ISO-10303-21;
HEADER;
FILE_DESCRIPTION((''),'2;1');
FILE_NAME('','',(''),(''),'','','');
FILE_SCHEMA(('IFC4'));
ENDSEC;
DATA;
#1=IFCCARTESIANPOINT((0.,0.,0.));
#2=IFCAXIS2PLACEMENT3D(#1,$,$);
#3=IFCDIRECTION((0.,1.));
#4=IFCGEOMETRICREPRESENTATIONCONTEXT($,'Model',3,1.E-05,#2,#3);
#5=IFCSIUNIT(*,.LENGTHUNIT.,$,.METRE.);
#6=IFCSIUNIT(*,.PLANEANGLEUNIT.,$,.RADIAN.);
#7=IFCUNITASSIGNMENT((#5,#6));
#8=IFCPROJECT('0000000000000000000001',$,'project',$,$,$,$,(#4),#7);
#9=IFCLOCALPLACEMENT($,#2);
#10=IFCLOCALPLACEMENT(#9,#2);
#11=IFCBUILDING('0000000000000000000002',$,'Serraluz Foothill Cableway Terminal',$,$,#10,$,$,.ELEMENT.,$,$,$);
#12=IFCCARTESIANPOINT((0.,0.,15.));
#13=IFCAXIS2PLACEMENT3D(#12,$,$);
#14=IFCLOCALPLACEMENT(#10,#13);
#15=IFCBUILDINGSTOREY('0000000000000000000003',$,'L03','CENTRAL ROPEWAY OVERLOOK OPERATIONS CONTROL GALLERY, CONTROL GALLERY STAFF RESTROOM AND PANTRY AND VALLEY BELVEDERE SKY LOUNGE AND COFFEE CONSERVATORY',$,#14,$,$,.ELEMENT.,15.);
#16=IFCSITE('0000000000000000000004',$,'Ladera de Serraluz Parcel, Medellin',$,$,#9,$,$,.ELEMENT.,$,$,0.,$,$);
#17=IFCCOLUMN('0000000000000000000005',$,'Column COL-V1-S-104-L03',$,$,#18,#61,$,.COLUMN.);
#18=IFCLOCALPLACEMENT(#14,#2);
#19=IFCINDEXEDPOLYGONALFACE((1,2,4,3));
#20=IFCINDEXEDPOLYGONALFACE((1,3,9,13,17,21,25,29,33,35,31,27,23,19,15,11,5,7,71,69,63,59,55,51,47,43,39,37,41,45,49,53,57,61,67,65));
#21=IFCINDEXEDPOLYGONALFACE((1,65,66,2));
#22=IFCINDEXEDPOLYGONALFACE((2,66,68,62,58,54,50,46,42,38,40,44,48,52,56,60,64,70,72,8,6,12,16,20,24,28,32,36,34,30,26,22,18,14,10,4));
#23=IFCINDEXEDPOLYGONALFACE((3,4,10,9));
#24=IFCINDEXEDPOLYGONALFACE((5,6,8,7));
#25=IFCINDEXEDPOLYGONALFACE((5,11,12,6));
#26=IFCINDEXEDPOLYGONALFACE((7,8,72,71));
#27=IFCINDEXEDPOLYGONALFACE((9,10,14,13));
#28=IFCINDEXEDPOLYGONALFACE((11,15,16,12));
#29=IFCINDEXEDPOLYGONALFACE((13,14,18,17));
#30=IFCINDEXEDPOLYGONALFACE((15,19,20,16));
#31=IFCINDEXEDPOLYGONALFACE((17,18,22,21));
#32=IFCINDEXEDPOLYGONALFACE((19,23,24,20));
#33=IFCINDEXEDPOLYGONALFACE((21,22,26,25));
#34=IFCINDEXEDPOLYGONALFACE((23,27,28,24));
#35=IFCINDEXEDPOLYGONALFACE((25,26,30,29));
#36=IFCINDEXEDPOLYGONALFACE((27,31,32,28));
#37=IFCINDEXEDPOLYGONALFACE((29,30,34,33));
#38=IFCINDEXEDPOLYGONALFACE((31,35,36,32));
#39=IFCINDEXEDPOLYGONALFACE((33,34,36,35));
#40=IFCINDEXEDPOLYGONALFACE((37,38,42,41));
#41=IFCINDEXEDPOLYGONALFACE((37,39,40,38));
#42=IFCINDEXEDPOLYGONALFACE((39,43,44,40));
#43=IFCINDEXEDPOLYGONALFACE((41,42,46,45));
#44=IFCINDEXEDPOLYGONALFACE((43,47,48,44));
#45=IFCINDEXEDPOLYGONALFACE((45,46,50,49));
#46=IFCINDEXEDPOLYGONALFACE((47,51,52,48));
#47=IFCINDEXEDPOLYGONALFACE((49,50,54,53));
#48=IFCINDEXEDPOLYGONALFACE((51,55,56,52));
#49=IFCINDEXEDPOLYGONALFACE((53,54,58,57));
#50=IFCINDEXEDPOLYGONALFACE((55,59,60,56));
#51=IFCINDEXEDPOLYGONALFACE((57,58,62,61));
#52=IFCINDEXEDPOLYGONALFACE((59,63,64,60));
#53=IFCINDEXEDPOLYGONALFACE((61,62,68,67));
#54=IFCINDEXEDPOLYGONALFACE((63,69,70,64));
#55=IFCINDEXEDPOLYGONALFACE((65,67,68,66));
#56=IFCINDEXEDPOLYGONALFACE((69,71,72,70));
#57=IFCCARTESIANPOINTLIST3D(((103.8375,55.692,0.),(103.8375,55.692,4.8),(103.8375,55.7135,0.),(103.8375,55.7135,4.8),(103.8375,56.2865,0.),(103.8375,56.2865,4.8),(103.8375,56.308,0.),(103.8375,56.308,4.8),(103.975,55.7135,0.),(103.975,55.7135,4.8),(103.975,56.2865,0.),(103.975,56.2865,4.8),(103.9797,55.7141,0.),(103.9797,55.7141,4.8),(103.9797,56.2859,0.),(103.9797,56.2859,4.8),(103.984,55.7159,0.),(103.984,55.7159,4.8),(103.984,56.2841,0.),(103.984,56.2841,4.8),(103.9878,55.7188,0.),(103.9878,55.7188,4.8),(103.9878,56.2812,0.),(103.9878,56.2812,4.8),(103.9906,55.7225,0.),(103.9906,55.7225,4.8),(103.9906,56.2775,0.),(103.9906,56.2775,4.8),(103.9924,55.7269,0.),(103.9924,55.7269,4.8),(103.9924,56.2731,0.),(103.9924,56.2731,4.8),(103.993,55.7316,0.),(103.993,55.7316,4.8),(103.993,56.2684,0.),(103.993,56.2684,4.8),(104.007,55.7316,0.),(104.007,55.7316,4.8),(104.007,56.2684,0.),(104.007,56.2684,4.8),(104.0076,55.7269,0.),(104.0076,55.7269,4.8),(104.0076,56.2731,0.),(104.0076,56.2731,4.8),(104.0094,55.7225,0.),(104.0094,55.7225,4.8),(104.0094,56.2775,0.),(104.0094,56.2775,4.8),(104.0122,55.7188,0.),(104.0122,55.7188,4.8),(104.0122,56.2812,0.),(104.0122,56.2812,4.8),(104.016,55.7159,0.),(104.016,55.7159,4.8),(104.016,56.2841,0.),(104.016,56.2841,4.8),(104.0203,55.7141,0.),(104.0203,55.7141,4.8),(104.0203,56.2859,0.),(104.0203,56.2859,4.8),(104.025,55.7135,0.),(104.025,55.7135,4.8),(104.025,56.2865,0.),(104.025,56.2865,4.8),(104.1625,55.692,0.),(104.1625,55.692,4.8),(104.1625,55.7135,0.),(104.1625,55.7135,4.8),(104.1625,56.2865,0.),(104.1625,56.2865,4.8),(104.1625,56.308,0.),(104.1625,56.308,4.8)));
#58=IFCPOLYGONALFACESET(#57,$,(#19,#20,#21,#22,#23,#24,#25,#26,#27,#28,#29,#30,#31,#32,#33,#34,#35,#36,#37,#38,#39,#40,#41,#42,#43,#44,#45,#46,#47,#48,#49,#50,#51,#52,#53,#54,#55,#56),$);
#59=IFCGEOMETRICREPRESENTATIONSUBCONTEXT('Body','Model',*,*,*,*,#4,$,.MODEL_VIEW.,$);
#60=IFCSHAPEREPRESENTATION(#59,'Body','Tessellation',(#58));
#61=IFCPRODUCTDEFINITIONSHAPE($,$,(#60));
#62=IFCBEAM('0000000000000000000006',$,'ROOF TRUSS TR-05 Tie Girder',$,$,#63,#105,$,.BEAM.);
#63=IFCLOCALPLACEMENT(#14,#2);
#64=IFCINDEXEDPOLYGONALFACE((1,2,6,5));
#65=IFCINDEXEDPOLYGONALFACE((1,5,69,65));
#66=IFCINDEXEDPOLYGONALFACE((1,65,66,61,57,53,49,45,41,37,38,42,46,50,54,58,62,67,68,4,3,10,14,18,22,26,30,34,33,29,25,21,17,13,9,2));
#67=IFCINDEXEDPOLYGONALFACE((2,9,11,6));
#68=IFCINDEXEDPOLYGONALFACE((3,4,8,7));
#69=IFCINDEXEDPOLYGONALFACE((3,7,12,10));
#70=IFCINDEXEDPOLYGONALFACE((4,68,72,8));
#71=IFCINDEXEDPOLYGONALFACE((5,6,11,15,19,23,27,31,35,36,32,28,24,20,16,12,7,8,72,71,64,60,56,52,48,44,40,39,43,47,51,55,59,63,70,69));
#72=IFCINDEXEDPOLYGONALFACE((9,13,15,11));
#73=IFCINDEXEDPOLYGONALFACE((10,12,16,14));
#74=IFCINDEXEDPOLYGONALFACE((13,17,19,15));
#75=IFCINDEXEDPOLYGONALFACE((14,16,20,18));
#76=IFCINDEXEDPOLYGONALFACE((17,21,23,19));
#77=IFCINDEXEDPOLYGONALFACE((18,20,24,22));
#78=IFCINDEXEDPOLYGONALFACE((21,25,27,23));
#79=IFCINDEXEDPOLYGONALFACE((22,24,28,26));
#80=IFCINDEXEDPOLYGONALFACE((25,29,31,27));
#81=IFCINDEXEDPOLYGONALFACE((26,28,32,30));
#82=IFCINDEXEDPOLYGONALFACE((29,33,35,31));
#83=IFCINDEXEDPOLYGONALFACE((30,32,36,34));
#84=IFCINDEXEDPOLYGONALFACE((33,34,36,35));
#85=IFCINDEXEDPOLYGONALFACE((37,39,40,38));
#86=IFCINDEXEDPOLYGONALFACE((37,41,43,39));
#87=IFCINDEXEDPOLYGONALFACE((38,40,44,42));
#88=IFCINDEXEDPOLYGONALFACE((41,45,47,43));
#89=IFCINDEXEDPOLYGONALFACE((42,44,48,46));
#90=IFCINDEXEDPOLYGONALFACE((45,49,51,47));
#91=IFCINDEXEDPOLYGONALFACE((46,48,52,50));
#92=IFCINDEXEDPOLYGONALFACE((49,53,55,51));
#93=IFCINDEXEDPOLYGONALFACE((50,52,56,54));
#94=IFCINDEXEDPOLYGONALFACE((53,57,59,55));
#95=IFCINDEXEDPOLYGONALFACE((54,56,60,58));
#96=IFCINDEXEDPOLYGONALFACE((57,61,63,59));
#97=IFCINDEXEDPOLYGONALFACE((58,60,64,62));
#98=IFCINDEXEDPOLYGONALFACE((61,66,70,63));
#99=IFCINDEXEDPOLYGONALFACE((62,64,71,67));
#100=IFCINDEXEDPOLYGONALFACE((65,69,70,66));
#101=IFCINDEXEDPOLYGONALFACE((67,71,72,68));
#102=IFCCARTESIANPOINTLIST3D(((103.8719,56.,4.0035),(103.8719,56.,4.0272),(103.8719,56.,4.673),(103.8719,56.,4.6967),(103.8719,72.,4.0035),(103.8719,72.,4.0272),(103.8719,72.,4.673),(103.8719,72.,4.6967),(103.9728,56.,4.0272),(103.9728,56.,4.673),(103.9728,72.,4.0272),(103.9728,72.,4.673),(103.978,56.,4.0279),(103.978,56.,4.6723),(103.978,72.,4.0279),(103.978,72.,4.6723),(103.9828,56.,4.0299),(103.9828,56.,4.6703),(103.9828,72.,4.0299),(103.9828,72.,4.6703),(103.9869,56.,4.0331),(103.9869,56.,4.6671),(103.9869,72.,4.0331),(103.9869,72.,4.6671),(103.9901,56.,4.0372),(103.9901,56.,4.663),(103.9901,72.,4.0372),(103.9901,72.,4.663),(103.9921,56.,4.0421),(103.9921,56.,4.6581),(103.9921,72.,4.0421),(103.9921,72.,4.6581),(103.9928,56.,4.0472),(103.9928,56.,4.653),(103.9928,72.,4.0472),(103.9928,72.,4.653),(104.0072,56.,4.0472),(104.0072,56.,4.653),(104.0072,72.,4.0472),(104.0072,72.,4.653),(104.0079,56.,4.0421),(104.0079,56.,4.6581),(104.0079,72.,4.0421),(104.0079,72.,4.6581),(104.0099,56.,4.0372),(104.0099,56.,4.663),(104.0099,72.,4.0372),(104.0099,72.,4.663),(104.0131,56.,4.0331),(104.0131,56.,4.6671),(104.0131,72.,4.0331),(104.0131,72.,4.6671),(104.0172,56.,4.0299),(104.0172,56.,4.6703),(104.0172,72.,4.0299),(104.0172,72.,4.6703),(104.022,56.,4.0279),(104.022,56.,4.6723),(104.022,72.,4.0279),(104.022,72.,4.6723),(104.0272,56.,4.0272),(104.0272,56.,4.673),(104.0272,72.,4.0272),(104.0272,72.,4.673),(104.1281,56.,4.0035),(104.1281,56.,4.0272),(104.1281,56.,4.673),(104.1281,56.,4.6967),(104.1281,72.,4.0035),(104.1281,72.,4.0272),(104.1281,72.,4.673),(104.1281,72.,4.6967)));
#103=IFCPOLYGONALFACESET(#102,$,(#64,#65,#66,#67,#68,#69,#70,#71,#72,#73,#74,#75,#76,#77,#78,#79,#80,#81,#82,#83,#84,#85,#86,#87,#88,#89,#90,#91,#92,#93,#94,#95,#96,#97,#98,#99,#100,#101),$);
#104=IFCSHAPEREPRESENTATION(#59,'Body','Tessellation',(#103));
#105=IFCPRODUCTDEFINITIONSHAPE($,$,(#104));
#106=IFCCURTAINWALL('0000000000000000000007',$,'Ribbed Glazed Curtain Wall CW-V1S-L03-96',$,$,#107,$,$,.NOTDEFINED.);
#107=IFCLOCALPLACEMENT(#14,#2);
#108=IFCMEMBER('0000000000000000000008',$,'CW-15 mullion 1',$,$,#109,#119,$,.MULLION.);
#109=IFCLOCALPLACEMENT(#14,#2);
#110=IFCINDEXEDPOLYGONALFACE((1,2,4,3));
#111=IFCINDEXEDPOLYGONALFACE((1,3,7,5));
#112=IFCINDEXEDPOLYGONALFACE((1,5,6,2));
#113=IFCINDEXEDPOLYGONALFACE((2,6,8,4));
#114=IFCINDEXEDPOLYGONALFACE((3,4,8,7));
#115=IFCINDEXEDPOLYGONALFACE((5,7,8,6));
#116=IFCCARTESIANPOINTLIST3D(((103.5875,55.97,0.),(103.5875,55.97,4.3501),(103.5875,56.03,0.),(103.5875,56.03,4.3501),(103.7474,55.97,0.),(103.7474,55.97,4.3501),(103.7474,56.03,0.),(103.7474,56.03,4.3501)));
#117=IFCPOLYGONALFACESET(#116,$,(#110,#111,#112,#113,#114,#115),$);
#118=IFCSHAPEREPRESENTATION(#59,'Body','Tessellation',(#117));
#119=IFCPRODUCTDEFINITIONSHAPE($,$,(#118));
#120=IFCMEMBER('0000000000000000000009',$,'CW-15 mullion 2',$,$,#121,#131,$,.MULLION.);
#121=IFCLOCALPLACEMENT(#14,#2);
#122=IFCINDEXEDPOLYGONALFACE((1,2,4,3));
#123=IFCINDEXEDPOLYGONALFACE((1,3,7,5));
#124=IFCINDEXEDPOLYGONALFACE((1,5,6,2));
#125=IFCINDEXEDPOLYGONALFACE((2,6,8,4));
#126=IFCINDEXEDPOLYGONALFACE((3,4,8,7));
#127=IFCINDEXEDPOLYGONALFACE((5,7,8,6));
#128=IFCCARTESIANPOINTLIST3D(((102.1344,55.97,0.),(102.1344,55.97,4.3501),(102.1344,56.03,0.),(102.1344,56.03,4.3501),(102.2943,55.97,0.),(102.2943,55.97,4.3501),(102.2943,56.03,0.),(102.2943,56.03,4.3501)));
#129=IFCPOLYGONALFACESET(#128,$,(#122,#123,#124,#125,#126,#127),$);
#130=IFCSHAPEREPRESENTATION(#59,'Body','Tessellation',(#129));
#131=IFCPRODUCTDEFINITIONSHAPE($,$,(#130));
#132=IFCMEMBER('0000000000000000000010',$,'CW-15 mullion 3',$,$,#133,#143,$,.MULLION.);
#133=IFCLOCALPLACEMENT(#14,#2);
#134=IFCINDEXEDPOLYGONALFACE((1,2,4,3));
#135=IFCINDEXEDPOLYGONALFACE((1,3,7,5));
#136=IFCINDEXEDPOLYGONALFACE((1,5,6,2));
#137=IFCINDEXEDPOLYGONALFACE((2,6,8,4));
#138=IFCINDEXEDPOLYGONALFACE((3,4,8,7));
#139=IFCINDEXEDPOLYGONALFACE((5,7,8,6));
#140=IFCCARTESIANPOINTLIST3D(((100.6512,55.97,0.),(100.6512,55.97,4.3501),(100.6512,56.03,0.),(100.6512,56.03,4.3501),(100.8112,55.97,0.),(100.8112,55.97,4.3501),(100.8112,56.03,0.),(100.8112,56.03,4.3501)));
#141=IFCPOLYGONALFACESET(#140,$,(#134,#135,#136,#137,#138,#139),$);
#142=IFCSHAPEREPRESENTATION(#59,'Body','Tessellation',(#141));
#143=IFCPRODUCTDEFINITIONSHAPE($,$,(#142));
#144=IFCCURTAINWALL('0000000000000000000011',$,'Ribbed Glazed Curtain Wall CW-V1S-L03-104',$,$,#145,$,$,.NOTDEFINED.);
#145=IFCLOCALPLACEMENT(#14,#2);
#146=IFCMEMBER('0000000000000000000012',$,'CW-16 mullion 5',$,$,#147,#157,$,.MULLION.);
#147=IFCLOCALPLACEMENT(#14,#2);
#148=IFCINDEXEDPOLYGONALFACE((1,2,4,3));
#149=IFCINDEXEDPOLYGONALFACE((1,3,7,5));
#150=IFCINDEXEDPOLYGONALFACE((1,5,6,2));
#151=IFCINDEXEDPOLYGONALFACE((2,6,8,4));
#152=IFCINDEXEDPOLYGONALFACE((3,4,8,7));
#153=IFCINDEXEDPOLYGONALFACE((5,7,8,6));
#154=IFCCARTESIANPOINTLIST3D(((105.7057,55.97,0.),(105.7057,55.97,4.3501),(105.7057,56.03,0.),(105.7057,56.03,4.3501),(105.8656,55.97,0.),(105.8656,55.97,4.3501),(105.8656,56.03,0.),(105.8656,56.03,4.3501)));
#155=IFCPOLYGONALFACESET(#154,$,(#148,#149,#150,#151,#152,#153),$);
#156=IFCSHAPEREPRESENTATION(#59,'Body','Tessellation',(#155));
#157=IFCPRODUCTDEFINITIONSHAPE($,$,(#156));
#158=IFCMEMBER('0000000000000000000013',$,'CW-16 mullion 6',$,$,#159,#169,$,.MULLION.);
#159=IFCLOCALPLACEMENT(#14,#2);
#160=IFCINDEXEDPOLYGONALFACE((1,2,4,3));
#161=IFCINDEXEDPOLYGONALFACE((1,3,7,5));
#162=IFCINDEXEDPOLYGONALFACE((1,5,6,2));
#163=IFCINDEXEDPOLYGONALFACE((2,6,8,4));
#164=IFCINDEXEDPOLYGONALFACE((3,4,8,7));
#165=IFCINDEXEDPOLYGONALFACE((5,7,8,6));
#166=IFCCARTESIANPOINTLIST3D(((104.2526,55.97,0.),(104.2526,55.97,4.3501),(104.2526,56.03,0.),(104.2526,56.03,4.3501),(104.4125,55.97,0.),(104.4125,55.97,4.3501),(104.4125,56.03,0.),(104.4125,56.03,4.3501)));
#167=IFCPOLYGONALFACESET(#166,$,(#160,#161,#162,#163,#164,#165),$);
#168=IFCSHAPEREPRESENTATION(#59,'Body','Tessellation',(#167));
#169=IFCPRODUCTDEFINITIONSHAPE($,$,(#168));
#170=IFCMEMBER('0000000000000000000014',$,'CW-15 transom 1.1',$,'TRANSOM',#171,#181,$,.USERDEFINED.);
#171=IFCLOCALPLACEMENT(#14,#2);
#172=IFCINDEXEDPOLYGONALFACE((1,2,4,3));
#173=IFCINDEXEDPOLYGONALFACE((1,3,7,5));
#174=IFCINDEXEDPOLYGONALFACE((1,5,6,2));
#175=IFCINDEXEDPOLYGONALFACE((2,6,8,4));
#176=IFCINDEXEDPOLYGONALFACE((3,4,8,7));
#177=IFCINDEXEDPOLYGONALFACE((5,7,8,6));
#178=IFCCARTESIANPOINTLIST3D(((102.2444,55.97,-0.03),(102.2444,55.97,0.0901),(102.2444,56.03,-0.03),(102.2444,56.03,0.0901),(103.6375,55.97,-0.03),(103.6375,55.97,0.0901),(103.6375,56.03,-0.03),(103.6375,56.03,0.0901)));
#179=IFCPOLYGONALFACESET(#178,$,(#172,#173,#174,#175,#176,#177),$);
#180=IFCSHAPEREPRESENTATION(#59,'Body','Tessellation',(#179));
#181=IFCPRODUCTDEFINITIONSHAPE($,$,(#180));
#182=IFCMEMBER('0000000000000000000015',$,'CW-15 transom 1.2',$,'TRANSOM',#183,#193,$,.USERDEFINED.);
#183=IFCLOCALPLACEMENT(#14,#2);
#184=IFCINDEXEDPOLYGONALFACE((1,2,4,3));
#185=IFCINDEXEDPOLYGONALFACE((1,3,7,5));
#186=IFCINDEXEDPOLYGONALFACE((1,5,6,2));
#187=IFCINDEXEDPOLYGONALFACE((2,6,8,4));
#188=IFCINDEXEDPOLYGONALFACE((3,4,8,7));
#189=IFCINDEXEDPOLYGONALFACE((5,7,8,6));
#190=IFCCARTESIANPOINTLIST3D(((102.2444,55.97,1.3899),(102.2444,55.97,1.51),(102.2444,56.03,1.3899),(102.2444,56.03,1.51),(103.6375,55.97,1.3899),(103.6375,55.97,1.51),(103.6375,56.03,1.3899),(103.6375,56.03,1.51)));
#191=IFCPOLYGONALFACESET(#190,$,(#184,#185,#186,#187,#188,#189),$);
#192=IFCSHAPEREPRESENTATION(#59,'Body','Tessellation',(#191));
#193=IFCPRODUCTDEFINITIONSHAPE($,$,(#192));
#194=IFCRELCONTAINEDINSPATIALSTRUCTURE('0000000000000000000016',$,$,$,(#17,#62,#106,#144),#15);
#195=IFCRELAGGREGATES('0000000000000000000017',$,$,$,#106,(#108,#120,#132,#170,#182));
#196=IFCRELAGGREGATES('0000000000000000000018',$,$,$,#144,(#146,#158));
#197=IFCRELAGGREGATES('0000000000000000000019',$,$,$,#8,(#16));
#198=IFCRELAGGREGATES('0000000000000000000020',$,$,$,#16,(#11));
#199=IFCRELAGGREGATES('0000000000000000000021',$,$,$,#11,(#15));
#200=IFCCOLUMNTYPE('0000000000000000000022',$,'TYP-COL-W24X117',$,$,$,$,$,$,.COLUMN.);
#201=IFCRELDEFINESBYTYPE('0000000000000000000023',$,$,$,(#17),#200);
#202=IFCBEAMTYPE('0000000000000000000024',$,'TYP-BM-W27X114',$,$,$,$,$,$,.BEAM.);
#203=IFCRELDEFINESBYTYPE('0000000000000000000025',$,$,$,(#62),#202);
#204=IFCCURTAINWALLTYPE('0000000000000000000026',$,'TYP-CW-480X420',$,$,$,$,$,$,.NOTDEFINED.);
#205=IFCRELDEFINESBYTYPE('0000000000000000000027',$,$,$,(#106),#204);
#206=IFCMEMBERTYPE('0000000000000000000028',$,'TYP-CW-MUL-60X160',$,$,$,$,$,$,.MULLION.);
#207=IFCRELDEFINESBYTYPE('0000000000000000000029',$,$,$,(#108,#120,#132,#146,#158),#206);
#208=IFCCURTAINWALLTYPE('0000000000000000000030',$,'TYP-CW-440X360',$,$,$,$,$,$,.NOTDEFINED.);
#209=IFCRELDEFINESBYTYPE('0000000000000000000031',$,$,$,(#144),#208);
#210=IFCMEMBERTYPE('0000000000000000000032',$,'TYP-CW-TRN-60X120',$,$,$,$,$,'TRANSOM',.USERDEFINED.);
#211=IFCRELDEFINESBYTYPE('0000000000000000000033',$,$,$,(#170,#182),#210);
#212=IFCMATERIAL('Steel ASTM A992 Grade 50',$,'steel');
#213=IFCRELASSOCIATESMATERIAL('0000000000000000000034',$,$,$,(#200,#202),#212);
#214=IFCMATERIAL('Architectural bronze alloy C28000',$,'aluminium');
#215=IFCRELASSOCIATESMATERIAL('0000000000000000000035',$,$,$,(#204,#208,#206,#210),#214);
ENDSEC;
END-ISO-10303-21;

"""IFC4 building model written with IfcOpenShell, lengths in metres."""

from ifc_helpers import new_model, si_unit, direction, frame, origin, origin_2d, place, context, subcontext, project, spatial, rectangle, i_section, extrude, material, material_profile, profile_set, type_object, element, aggregate, save


model = new_model("IFC4")

# Units and contexts
model_context = context("Model", 3, precision=1e-05, world=origin(), true_north=direction((0.0, 1.0)))
body_context = subcontext(model_context, "Body", "Model", "MODEL_VIEW")
ifc_project = project(units=[si_unit("LENGTHUNIT", "METRE"), si_unit("PLANEANGLEUNIT", "RADIAN")], contexts=[model_context])

# Site, building, storey
site_placement = place(None, origin())
site = spatial("IfcSite", under=ifc_project, at=site_placement, Name="Ladera de Serraluz Parcel, Medellin", CompositionType="ELEMENT", RefElevation=0.0)
building_placement = place(site_placement, origin())
building = spatial("IfcBuilding", under=site, at=building_placement, Name="Serraluz Foothill Cableway Terminal", CompositionType="ELEMENT")
storey_placement = place(building_placement, frame((0.0, 0.0, 15.0)))
storey = spatial("IfcBuildingStorey", under=building, at=storey_placement, Name="L03", Description="CENTRAL ROPEWAY OVERLOOK OPERATIONS CONTROL GALLERY, CONTROL GALLERY STAFF RESTROOM AND PANTRY AND VALLEY BELVEDERE SKY LOUNGE AND COFFEE CONSERVATORY", CompositionType="ELEMENT", Elevation=15.0)

# Column
ifc_material_1 = material(Name="Steel ASTM A992 Grade 50", Category="steel")
ifc_material_profile_1 = material_profile(ifc_material_1, i_section(OverallWidth=0.325, OverallDepth=0.616, WebThickness=0.0139, FlangeThickness=0.0215, FilletRadius=0.0181, at=origin_2d()), Name="W24X117")
ifc_profile_set_1 = profile_set([ifc_material_profile_1], Name="Steel ASTM A992 Grade 50")
column_type = type_object("IfcColumnType", Name="TYP-COL-W24X117", PredefinedType="COLUMN", material=ifc_profile_set_1)
column_placement = place(storey_placement, frame((104.0, 56.0, 0.0), z_axis=(0.0, 0.0, 1.0), x_axis=(1.0, 0.0, 0.0)))
element("IfcColumn", 1, at=column_placement, inside=storey, type_object=column_type, Name="Column COL-V1-S-104-L03", PredefinedType="COLUMN", context=body_context, shape_type="SweptSolid", body=[
    extrude(i_section(OverallWidth=0.325, OverallDepth=0.616, WebThickness=0.0139, FlangeThickness=0.0215, FilletRadius=0.0181, at=origin_2d()), origin(), (0.0, 0.0, 1.0), 4.8),
])

# Beam
ifc_material_profile_2 = material_profile(ifc_material_1, i_section(OverallWidth=0.2561, OverallDepth=0.6931, WebThickness=0.0144, FlangeThickness=0.0237, FilletRadius=0.02, at=origin_2d()), Name="W27X114")
ifc_profile_set_2 = profile_set([ifc_material_profile_2], Name="Steel ASTM A992 Grade 50")
beam_type_1 = type_object("IfcBeamType", Name="TYP-BM-W27X114", PredefinedType="BEAM", material=ifc_profile_set_2)
beam_1_placement = place(storey_placement, frame((104.0, 56.0, 4.3501), z_axis=(0.0, 1.0, 0.0), x_axis=(-1.0, 0.0, 0.0)))
element("IfcBeam", 2, at=beam_1_placement, inside=storey, type_object=beam_type_1, Name="ROOF TRUSS TR-05 Tie Girder", PredefinedType="BEAM", context=body_context, shape_type="SweptSolid", body=[
    extrude(i_section(OverallWidth=0.2561, OverallDepth=0.6931, WebThickness=0.0144, FlangeThickness=0.0237, FilletRadius=0.02, at=origin_2d()), origin(), (0.0, 0.0, 1.0), 16.0),
])

# Curtain walls, members
ifc_material_2 = material(Name="Architectural bronze alloy C28000", Category="aluminium")
curtain_wall_type_1 = type_object("IfcCurtainWallType", Name="TYP-CW-480X420", PredefinedType="NOTDEFINED", material=ifc_material_2)
curtain_wall_1_placement = place(storey_placement, origin())
curtain_wall_1 = element("IfcCurtainWall", 3, at=curtain_wall_1_placement, inside=storey, type_object=curtain_wall_type_1, Name="Ribbed Glazed Curtain Wall CW-V1S-L03-96", PredefinedType="NOTDEFINED")
ifc_material_profile_3 = material_profile(ifc_material_2, rectangle(XDim=0.0601, YDim=0.1599, at=origin_2d()), Name="ALU MULLION 60x160")
ifc_profile_set_3 = profile_set([ifc_material_profile_3], Name="Architectural bronze alloy C28000")
member_type_1 = type_object("IfcMemberType", Name="TYP-CW-MUL-60X160", PredefinedType="MULLION", material=ifc_profile_set_3)
member_1_placement = place(storey_placement, frame((103.6675, 56.0, 0.0), z_axis=(0.0, 0.0, 1.0), x_axis=(0.0, -1.0, 0.0)))
member_1 = element("IfcMember", 4, at=member_1_placement, type_object=member_type_1, Name="CW-15 mullion 1", PredefinedType="MULLION", context=body_context, shape_type="SweptSolid", body=[
    extrude(rectangle(XDim=0.0601, YDim=0.1599, at=origin_2d()), origin(), (0.0, 0.0, 1.0), 4.3501),
])
member_2_placement = place(storey_placement, frame((102.2144, 56.0, 0.0), z_axis=(0.0, 0.0, 1.0), x_axis=(0.0, -1.0, 0.0)))
member_2 = element("IfcMember", 5, at=member_2_placement, type_object=member_type_1, Name="CW-15 mullion 2", PredefinedType="MULLION", context=body_context, shape_type="SweptSolid", body=[
    extrude(rectangle(XDim=0.0601, YDim=0.1599, at=origin_2d()), origin(), (0.0, 0.0, 1.0), 4.3501),
])
member_3_placement = place(storey_placement, frame((100.7312, 56.0, 0.0), z_axis=(0.0, 0.0, 1.0), x_axis=(0.0, -1.0, 0.0)))
member_3 = element("IfcMember", 6, at=member_3_placement, type_object=member_type_1, Name="CW-15 mullion 3", PredefinedType="MULLION", context=body_context, shape_type="SweptSolid", body=[
    extrude(rectangle(XDim=0.0601, YDim=0.1599, at=origin_2d()), origin(), (0.0, 0.0, 1.0), 4.3501),
])
curtain_wall_type_2 = type_object("IfcCurtainWallType", Name="TYP-CW-440X360", PredefinedType="NOTDEFINED", material=ifc_material_2)
curtain_wall_2_placement = place(storey_placement, origin())
curtain_wall_2 = element("IfcCurtainWall", 7, at=curtain_wall_2_placement, inside=storey, type_object=curtain_wall_type_2, Name="Ribbed Glazed Curtain Wall CW-V1S-L03-104", PredefinedType="NOTDEFINED")
member_4_placement = place(storey_placement, frame((105.7856, 56.0, 0.0), z_axis=(0.0, 0.0, 1.0), x_axis=(0.0, -1.0, 0.0)))
member_4 = element("IfcMember", 8, at=member_4_placement, type_object=member_type_1, Name="CW-16 mullion 5", PredefinedType="MULLION", context=body_context, shape_type="SweptSolid", body=[
    extrude(rectangle(XDim=0.0601, YDim=0.1599, at=origin_2d()), origin(), (0.0, 0.0, 1.0), 4.3501),
])
member_5_placement = place(storey_placement, frame((104.3325, 56.0, 0.0), z_axis=(0.0, 0.0, 1.0), x_axis=(0.0, -1.0, 0.0)))
member_5 = element("IfcMember", 9, at=member_5_placement, type_object=member_type_1, Name="CW-16 mullion 6", PredefinedType="MULLION", context=body_context, shape_type="SweptSolid", body=[
    extrude(rectangle(XDim=0.0601, YDim=0.1599, at=origin_2d()), origin(), (0.0, 0.0, 1.0), 4.3501),
])

# Members
ifc_material_profile_4 = material_profile(ifc_material_2, rectangle(XDim=0.0601, YDim=0.1201, at=origin_2d()), Name="ALU TRANSOM 60x120")
ifc_profile_set_4 = profile_set([ifc_material_profile_4], Name="Architectural bronze alloy C28000")
member_type_2 = type_object("IfcMemberType", Name="TYP-CW-TRN-60X120", ElementType="TRANSOM", PredefinedType="USERDEFINED", material=ifc_profile_set_4)
member_6_placement = place(storey_placement, frame((103.6375, 56.0, 0.03), z_axis=(-1.0, 0.0, 0.0), x_axis=(0.0, -1.0, 0.0)))
member_6 = element("IfcMember", 10, at=member_6_placement, type_object=member_type_2, Name="CW-15 transom 1.1", ObjectType="TRANSOM", PredefinedType="USERDEFINED", context=body_context, shape_type="SweptSolid", body=[
    extrude(rectangle(XDim=0.0601, YDim=0.1201, at=origin_2d()), origin(), (0.0, 0.0, 1.0), 1.3931),
])
member_7_placement = place(storey_placement, frame((103.6375, 56.0, 1.45), z_axis=(-1.0, 0.0, 0.0), x_axis=(0.0, -1.0, 0.0)))
member_7 = element("IfcMember", 11, at=member_7_placement, type_object=member_type_2, Name="CW-15 transom 1.2", ObjectType="TRANSOM", PredefinedType="USERDEFINED", context=body_context, shape_type="SweptSolid", body=[
    extrude(rectangle(XDim=0.0601, YDim=0.1201, at=origin_2d()), origin(), (0.0, 0.0, 1.0), 1.3931),
])

aggregate(curtain_wall_1, [member_1, member_2, member_3, member_6, member_7])
aggregate(curtain_wall_2, [member_4, member_5])

save(model, "model.ifc")
